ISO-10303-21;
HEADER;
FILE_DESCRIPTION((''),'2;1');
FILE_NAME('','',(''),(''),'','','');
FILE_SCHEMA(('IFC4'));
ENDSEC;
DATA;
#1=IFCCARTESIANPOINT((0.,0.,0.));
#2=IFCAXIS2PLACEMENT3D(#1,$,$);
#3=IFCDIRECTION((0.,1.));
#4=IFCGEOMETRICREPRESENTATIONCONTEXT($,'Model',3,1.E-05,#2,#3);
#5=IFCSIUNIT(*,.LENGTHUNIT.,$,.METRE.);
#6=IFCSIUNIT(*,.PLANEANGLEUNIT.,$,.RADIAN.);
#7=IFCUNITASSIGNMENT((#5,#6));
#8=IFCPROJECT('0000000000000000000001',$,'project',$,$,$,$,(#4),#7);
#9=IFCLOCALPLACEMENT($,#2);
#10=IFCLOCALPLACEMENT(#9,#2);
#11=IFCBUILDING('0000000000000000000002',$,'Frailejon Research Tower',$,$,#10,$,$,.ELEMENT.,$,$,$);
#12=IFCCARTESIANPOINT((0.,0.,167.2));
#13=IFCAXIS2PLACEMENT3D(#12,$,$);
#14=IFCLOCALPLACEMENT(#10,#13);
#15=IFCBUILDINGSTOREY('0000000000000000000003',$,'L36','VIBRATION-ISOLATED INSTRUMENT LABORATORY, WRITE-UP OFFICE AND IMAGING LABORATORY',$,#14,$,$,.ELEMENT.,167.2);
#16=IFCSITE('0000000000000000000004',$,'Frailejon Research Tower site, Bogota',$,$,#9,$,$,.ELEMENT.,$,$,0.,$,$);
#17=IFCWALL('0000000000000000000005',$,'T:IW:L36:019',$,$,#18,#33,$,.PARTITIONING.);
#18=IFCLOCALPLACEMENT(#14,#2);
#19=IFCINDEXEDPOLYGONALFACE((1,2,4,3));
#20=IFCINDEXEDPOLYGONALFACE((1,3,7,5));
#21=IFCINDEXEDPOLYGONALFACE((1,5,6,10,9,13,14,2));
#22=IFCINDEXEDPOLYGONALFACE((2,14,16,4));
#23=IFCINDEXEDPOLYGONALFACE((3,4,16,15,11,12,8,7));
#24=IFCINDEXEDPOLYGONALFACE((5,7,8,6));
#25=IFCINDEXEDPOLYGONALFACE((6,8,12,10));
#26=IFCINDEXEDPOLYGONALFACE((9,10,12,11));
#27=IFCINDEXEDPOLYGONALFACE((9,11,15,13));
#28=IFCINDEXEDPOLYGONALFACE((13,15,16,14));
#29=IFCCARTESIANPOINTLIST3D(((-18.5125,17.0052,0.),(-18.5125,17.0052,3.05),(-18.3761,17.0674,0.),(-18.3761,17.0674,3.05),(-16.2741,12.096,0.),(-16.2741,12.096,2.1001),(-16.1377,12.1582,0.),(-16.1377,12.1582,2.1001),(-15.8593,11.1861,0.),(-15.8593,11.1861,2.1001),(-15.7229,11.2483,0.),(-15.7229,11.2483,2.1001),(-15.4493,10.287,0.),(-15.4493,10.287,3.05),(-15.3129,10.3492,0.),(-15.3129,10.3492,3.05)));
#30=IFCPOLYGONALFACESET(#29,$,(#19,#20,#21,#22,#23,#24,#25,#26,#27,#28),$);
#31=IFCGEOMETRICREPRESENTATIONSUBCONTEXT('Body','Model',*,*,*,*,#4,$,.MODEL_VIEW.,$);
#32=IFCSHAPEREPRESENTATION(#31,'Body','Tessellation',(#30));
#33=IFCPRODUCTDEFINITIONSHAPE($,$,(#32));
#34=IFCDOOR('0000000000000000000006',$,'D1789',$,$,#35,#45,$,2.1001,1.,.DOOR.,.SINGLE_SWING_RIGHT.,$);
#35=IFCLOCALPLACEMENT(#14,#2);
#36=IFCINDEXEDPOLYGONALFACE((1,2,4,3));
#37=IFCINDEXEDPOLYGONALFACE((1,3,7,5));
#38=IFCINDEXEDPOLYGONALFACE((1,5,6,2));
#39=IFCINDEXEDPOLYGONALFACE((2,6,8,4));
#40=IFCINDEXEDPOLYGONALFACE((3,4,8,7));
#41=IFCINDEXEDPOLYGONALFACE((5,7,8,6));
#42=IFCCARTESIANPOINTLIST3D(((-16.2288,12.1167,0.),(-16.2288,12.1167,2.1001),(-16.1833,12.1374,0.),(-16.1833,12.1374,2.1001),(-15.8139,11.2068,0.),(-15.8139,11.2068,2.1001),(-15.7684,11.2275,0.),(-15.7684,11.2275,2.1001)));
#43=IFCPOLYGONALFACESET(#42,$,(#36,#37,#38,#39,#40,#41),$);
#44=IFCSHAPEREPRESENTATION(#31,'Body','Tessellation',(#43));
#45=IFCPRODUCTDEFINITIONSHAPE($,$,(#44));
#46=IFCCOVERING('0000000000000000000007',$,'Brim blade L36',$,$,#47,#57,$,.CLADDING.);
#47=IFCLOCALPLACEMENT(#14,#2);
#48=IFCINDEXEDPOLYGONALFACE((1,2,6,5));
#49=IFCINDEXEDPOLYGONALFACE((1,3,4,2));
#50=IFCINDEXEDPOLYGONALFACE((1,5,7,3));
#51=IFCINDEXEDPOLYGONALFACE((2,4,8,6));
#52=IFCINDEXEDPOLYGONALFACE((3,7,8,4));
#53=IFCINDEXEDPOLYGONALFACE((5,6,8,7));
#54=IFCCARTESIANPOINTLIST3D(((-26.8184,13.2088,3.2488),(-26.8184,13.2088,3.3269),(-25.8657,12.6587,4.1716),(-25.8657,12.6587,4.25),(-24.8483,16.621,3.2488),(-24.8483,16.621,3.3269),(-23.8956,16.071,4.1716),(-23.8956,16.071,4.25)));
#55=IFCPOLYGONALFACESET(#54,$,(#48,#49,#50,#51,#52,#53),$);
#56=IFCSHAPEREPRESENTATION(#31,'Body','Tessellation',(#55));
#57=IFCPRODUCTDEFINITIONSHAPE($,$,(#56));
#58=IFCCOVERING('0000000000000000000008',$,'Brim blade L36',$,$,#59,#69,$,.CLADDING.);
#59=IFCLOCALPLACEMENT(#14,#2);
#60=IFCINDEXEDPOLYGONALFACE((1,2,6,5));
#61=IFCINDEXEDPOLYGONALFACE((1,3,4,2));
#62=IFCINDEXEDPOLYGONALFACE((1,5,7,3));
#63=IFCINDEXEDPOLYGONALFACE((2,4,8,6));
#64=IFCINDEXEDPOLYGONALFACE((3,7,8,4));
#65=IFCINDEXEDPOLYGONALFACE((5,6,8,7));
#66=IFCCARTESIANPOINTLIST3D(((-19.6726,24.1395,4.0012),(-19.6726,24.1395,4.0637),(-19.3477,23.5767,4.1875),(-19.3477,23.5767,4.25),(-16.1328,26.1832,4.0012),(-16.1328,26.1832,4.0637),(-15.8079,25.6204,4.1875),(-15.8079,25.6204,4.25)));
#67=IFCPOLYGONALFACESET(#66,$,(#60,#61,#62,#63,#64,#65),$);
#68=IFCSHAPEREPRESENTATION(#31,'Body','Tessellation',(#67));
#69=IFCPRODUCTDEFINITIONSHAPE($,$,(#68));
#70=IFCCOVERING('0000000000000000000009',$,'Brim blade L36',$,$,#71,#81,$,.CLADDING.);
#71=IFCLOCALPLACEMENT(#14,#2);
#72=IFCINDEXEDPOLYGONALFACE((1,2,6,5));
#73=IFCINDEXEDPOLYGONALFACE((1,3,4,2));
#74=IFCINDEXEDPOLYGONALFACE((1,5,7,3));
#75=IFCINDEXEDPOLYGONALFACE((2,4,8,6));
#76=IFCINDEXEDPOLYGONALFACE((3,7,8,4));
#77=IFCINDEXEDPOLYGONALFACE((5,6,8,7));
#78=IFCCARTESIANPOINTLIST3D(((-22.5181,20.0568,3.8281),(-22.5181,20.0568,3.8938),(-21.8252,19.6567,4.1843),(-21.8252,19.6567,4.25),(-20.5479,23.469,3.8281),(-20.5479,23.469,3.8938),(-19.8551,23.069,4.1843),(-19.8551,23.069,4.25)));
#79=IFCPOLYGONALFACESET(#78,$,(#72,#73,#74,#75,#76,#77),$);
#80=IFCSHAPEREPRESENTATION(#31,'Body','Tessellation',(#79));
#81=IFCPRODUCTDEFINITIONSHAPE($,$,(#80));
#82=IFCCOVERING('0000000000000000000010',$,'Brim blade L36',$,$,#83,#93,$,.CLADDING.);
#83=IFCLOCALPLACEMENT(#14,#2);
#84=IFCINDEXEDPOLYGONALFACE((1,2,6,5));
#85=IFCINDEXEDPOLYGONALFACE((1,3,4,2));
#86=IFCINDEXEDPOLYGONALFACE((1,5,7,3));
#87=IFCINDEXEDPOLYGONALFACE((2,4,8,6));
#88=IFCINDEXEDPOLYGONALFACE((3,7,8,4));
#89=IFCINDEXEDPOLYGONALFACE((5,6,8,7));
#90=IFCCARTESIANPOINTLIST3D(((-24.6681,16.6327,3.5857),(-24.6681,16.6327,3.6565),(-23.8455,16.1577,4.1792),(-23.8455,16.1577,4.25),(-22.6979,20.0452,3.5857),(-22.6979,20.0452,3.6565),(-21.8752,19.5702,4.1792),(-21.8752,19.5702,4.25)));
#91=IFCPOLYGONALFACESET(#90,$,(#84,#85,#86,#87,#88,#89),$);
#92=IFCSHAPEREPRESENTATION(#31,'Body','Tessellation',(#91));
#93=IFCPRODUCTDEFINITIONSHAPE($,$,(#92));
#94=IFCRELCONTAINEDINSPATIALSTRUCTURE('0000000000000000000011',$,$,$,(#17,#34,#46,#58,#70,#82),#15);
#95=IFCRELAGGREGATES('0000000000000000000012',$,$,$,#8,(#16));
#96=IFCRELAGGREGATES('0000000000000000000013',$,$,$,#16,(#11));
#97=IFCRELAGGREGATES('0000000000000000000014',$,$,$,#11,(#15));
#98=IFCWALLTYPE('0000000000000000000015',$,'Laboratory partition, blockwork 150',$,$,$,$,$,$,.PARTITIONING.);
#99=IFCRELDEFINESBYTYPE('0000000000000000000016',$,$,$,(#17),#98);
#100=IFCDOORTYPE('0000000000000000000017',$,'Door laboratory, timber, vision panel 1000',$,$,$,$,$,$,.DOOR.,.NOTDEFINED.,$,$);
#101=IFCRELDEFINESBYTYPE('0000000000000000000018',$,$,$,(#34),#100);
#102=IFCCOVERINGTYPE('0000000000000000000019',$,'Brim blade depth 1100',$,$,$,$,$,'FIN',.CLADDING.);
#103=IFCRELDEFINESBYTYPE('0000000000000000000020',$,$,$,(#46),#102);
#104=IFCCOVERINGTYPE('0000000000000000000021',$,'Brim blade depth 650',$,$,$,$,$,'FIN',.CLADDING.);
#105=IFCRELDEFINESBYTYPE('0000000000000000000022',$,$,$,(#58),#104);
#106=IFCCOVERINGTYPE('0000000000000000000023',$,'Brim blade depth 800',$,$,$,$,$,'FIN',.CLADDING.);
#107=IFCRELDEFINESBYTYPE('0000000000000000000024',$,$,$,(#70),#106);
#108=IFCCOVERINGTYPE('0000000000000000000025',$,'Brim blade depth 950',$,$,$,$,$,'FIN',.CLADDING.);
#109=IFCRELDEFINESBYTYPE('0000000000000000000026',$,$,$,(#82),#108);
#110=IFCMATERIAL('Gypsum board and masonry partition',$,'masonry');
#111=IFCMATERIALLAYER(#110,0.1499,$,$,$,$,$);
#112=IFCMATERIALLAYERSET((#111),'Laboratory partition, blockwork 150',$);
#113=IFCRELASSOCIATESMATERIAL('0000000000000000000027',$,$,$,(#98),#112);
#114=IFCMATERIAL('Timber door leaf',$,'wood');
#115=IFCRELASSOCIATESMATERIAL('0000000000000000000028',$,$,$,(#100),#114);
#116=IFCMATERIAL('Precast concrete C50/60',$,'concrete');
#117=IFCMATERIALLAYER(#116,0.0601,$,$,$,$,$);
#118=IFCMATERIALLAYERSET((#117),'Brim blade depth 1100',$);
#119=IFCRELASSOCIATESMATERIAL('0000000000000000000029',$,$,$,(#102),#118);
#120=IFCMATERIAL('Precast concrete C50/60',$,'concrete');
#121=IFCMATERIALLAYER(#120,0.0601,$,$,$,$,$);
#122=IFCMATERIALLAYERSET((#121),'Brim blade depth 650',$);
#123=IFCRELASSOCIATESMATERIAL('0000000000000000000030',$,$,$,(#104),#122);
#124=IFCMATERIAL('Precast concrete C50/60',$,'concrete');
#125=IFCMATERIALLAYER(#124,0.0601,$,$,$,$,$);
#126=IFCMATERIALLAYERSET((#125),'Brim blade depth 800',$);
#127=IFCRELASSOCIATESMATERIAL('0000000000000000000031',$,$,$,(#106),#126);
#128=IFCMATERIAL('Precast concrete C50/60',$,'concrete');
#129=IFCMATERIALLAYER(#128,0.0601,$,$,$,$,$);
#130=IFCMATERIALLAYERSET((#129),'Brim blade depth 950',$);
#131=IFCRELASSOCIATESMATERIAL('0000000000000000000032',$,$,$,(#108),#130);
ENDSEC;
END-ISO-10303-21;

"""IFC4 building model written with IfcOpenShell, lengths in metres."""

from ifc_helpers import new_model, si_unit, direction, frame, frame_2d, origin, place, context, subcontext, project, spatial, polyline, rectangle, outline, extrude, material, layer, layer_set, type_object, element, fill, save


model = new_model("IFC4")

# Units and contexts
model_context = context("Model", 3, precision=1e-05, world=origin(), true_north=direction((0.0, 1.0)))
body_context = subcontext(model_context, "Body", "Model", "MODEL_VIEW")
ifc_project = project(units=[si_unit("LENGTHUNIT", "METRE"), si_unit("PLANEANGLEUNIT", "RADIAN")], contexts=[model_context])

# Site, building, storey
site_placement = place(None, origin())
site = spatial("IfcSite", under=ifc_project, at=site_placement, Name="Frailejon Research Tower site, Bogota", CompositionType="ELEMENT", RefElevation=0.0)
building_placement = place(site_placement, origin())
building = spatial("IfcBuilding", under=site, at=building_placement, Name="Frailejon Research Tower", CompositionType="ELEMENT")
storey_placement = place(building_placement, frame((0.0, 0.0, 167.2)))
storey = spatial("IfcBuildingStorey", under=building, at=storey_placement, Name="L36", Description="VIBRATION-ISOLATED INSTRUMENT LABORATORY, WRITE-UP OFFICE AND IMAGING LABORATORY", CompositionType="ELEMENT", Elevation=167.2)

# Shared definitions
ifc_material_1 = material(Name="Gypsum board and masonry partition", Category="masonry")
ifc_layer_1 = layer(ifc_material_1, 0.1499)
ifc_layer_set_1 = layer_set([ifc_layer_1], Name="Laboratory partition, blockwork 150")
wall_type_1 = type_object("IfcWallType", Name="Laboratory partition, blockwork 150", PredefinedType="PARTITIONING", material=ifc_layer_set_1)

# Wall, opening, door
wall_1_placement = place(storey_placement, frame((-18.4443, 17.0364, 0.0), z_axis=(0.0, 0.0, 1.0), x_axis=(0.414866, -0.909882, 0.0)))
wall_1 = element("IfcWall", 1, at=wall_1_placement, inside=storey, type_object=wall_type_1, Name="T:IW:L36:019", PredefinedType="PARTITIONING", context=body_context, shape_type="SweptSolid", body=[
    extrude(rectangle(XDim=7.3835, YDim=0.1499, at=frame_2d((3.6919, 0.0))), origin(), (0.0, 0.0, 1.0), 3.05),
])
opening_1_placement = place(wall_1_placement, frame((5.3955, 0.0, 0.0)))
opening_1 = element("IfcOpeningElement", 2, at=opening_1_placement, cuts=wall_1, PredefinedType="OPENING", context=body_context, shape_type="SweptSolid", body=[
    extrude(rectangle(XDim=1.0, YDim=2.1001, at=frame_2d((0.5, 1.05))), frame((0.0, 0.085, 0.0), z_axis=(0.0, -1.0, 0.0), x_axis=(1.0, 0.0, 0.0)), (0.0, 0.0, 1.0), 0.1699),
])
ifc_material_2 = material(Name="Timber door leaf", Category="wood")
door_type_1 = type_object("IfcDoorType", Name="Door laboratory, timber, vision panel 1000", OperationType="NOTDEFINED", PredefinedType="DOOR", material=ifc_material_2)
door_1_placement = place(opening_1_placement, origin())
door_1 = element("IfcDoor", 3, at=door_1_placement, inside=storey, type_object=door_type_1, Name="D1789", OperationType="SINGLE_SWING_RIGHT", OverallHeight=2.1001, OverallWidth=1.0, PredefinedType="DOOR", context=body_context, shape_type="SweptSolid", body=[
    extrude(rectangle(XDim=1.0, YDim=2.1001, at=frame_2d((0.5, 1.05))), frame((0.0, 0.0249, 0.0), z_axis=(0.0, -1.0, 0.0), x_axis=(1.0, 0.0, 0.0)), (0.0, 0.0, 1.0), 0.05),
])
fill(opening_1, door_1)

# Coverings
ifc_material_3 = material(Name="Precast concrete C50/60", Category="concrete")
ifc_layer_2 = layer(ifc_material_3, 0.0601)
ifc_layer_set_2 = layer_set([ifc_layer_2], Name="Brim blade depth 1100")
covering_type_1 = type_object("IfcCoveringType", Name="Brim blade depth 1100", ElementType="FIN", PredefinedType="CLADDING", material=ifc_layer_set_2)
covering_1_placement = place(storey_placement, frame((-25.8657, 12.6587, 4.25), z_axis=(0.50001, 0.86602, 0.0), x_axis=(-0.86602, 0.50001, 0.0)))
element("IfcCovering", 4, at=covering_1_placement, inside=storey, type_object=covering_type_1, Name="Brim blade L36", PredefinedType="CLADDING", context=body_context, shape_type="SweptSolid", body=[
    extrude(outline(polyline([(0.0, -0.0784), (1.1001, -1.0012), (1.1001, -0.9231), (0.0, 0.0), (0.0, -0.0784)])), origin(), (0.0, 0.0, 1.0), 3.9402),
])
ifc_material_4 = material(Name="Precast concrete C50/60", Category="concrete")
ifc_layer_3 = layer(ifc_material_4, 0.0601)
ifc_layer_set_3 = layer_set([ifc_layer_3], Name="Brim blade depth 650")
covering_type_2 = type_object("IfcCoveringType", Name="Brim blade depth 650", ElementType="FIN", PredefinedType="CLADDING", material=ifc_layer_set_3)
covering_2_placement = place(storey_placement, frame((-19.3477, 23.5767, 4.25), z_axis=(0.866021, 0.500007, 0.0), x_axis=(-0.500007, 0.866021, 0.0)))
element("IfcCovering", 5, at=covering_2_placement, inside=storey, type_object=covering_type_2, Name="Brim blade L36", PredefinedType="CLADDING", context=body_context, shape_type="SweptSolid", body=[
    extrude(outline(polyline([(0.0, -0.0625), (0.6499, -0.2488), (0.6499, -0.1863), (0.0, 0.0), (0.0, -0.0625)])), origin(), (0.0, 0.0, 1.0), 4.0874),
])
ifc_material_5 = material(Name="Precast concrete C50/60", Category="concrete")
ifc_layer_4 = layer(ifc_material_5, 0.0601)
ifc_layer_set_4 = layer_set([ifc_layer_4], Name="Brim blade depth 800")
covering_type_3 = type_object("IfcCoveringType", Name="Brim blade depth 800", ElementType="FIN", PredefinedType="CLADDING", material=ifc_layer_set_4)
covering_3_placement = place(storey_placement, frame((-21.8252, 19.6567, 4.25), z_axis=(0.50001, 0.86602, 0.0), x_axis=(-0.86602, 0.50001, 0.0)))
element("IfcCovering", 6, at=covering_3_placement, inside=storey, type_object=covering_type_3, Name="Brim blade L36", PredefinedType="CLADDING", context=body_context, shape_type="SweptSolid", body=[
    extrude(outline(polyline([(0.0, -0.0657), (0.8, -0.4219), (0.8, -0.3562), (0.0, 0.0), (0.0, -0.0657)])), origin(), (0.0, 0.0, 1.0), 3.9402),
])
ifc_material_6 = material(Name="Precast concrete C50/60", Category="concrete")
ifc_layer_5 = layer(ifc_material_6, 0.0601)
ifc_layer_set_5 = layer_set([ifc_layer_5], Name="Brim blade depth 950")
covering_type_4 = type_object("IfcCoveringType", Name="Brim blade depth 950", ElementType="FIN", PredefinedType="CLADDING", material=ifc_layer_set_5)
covering_4_placement = place(storey_placement, frame((-23.8455, 16.1577, 4.25), z_axis=(0.499999, 0.866026, 0.0), x_axis=(-0.866026, 0.499999, 0.0)))
element("IfcCovering", 7, at=covering_4_placement, inside=storey, type_object=covering_type_4, Name="Brim blade L36", PredefinedType="CLADDING", context=body_context, shape_type="SweptSolid", body=[
    extrude(outline(polyline([(0.0, -0.0708), (0.95, -0.6643), (0.95, -0.5935), (0.0, 0.0), (0.0, -0.0708)])), origin(), (0.0, 0.0, 1.0), 3.9404),
])

save(model, "model.ifc")
